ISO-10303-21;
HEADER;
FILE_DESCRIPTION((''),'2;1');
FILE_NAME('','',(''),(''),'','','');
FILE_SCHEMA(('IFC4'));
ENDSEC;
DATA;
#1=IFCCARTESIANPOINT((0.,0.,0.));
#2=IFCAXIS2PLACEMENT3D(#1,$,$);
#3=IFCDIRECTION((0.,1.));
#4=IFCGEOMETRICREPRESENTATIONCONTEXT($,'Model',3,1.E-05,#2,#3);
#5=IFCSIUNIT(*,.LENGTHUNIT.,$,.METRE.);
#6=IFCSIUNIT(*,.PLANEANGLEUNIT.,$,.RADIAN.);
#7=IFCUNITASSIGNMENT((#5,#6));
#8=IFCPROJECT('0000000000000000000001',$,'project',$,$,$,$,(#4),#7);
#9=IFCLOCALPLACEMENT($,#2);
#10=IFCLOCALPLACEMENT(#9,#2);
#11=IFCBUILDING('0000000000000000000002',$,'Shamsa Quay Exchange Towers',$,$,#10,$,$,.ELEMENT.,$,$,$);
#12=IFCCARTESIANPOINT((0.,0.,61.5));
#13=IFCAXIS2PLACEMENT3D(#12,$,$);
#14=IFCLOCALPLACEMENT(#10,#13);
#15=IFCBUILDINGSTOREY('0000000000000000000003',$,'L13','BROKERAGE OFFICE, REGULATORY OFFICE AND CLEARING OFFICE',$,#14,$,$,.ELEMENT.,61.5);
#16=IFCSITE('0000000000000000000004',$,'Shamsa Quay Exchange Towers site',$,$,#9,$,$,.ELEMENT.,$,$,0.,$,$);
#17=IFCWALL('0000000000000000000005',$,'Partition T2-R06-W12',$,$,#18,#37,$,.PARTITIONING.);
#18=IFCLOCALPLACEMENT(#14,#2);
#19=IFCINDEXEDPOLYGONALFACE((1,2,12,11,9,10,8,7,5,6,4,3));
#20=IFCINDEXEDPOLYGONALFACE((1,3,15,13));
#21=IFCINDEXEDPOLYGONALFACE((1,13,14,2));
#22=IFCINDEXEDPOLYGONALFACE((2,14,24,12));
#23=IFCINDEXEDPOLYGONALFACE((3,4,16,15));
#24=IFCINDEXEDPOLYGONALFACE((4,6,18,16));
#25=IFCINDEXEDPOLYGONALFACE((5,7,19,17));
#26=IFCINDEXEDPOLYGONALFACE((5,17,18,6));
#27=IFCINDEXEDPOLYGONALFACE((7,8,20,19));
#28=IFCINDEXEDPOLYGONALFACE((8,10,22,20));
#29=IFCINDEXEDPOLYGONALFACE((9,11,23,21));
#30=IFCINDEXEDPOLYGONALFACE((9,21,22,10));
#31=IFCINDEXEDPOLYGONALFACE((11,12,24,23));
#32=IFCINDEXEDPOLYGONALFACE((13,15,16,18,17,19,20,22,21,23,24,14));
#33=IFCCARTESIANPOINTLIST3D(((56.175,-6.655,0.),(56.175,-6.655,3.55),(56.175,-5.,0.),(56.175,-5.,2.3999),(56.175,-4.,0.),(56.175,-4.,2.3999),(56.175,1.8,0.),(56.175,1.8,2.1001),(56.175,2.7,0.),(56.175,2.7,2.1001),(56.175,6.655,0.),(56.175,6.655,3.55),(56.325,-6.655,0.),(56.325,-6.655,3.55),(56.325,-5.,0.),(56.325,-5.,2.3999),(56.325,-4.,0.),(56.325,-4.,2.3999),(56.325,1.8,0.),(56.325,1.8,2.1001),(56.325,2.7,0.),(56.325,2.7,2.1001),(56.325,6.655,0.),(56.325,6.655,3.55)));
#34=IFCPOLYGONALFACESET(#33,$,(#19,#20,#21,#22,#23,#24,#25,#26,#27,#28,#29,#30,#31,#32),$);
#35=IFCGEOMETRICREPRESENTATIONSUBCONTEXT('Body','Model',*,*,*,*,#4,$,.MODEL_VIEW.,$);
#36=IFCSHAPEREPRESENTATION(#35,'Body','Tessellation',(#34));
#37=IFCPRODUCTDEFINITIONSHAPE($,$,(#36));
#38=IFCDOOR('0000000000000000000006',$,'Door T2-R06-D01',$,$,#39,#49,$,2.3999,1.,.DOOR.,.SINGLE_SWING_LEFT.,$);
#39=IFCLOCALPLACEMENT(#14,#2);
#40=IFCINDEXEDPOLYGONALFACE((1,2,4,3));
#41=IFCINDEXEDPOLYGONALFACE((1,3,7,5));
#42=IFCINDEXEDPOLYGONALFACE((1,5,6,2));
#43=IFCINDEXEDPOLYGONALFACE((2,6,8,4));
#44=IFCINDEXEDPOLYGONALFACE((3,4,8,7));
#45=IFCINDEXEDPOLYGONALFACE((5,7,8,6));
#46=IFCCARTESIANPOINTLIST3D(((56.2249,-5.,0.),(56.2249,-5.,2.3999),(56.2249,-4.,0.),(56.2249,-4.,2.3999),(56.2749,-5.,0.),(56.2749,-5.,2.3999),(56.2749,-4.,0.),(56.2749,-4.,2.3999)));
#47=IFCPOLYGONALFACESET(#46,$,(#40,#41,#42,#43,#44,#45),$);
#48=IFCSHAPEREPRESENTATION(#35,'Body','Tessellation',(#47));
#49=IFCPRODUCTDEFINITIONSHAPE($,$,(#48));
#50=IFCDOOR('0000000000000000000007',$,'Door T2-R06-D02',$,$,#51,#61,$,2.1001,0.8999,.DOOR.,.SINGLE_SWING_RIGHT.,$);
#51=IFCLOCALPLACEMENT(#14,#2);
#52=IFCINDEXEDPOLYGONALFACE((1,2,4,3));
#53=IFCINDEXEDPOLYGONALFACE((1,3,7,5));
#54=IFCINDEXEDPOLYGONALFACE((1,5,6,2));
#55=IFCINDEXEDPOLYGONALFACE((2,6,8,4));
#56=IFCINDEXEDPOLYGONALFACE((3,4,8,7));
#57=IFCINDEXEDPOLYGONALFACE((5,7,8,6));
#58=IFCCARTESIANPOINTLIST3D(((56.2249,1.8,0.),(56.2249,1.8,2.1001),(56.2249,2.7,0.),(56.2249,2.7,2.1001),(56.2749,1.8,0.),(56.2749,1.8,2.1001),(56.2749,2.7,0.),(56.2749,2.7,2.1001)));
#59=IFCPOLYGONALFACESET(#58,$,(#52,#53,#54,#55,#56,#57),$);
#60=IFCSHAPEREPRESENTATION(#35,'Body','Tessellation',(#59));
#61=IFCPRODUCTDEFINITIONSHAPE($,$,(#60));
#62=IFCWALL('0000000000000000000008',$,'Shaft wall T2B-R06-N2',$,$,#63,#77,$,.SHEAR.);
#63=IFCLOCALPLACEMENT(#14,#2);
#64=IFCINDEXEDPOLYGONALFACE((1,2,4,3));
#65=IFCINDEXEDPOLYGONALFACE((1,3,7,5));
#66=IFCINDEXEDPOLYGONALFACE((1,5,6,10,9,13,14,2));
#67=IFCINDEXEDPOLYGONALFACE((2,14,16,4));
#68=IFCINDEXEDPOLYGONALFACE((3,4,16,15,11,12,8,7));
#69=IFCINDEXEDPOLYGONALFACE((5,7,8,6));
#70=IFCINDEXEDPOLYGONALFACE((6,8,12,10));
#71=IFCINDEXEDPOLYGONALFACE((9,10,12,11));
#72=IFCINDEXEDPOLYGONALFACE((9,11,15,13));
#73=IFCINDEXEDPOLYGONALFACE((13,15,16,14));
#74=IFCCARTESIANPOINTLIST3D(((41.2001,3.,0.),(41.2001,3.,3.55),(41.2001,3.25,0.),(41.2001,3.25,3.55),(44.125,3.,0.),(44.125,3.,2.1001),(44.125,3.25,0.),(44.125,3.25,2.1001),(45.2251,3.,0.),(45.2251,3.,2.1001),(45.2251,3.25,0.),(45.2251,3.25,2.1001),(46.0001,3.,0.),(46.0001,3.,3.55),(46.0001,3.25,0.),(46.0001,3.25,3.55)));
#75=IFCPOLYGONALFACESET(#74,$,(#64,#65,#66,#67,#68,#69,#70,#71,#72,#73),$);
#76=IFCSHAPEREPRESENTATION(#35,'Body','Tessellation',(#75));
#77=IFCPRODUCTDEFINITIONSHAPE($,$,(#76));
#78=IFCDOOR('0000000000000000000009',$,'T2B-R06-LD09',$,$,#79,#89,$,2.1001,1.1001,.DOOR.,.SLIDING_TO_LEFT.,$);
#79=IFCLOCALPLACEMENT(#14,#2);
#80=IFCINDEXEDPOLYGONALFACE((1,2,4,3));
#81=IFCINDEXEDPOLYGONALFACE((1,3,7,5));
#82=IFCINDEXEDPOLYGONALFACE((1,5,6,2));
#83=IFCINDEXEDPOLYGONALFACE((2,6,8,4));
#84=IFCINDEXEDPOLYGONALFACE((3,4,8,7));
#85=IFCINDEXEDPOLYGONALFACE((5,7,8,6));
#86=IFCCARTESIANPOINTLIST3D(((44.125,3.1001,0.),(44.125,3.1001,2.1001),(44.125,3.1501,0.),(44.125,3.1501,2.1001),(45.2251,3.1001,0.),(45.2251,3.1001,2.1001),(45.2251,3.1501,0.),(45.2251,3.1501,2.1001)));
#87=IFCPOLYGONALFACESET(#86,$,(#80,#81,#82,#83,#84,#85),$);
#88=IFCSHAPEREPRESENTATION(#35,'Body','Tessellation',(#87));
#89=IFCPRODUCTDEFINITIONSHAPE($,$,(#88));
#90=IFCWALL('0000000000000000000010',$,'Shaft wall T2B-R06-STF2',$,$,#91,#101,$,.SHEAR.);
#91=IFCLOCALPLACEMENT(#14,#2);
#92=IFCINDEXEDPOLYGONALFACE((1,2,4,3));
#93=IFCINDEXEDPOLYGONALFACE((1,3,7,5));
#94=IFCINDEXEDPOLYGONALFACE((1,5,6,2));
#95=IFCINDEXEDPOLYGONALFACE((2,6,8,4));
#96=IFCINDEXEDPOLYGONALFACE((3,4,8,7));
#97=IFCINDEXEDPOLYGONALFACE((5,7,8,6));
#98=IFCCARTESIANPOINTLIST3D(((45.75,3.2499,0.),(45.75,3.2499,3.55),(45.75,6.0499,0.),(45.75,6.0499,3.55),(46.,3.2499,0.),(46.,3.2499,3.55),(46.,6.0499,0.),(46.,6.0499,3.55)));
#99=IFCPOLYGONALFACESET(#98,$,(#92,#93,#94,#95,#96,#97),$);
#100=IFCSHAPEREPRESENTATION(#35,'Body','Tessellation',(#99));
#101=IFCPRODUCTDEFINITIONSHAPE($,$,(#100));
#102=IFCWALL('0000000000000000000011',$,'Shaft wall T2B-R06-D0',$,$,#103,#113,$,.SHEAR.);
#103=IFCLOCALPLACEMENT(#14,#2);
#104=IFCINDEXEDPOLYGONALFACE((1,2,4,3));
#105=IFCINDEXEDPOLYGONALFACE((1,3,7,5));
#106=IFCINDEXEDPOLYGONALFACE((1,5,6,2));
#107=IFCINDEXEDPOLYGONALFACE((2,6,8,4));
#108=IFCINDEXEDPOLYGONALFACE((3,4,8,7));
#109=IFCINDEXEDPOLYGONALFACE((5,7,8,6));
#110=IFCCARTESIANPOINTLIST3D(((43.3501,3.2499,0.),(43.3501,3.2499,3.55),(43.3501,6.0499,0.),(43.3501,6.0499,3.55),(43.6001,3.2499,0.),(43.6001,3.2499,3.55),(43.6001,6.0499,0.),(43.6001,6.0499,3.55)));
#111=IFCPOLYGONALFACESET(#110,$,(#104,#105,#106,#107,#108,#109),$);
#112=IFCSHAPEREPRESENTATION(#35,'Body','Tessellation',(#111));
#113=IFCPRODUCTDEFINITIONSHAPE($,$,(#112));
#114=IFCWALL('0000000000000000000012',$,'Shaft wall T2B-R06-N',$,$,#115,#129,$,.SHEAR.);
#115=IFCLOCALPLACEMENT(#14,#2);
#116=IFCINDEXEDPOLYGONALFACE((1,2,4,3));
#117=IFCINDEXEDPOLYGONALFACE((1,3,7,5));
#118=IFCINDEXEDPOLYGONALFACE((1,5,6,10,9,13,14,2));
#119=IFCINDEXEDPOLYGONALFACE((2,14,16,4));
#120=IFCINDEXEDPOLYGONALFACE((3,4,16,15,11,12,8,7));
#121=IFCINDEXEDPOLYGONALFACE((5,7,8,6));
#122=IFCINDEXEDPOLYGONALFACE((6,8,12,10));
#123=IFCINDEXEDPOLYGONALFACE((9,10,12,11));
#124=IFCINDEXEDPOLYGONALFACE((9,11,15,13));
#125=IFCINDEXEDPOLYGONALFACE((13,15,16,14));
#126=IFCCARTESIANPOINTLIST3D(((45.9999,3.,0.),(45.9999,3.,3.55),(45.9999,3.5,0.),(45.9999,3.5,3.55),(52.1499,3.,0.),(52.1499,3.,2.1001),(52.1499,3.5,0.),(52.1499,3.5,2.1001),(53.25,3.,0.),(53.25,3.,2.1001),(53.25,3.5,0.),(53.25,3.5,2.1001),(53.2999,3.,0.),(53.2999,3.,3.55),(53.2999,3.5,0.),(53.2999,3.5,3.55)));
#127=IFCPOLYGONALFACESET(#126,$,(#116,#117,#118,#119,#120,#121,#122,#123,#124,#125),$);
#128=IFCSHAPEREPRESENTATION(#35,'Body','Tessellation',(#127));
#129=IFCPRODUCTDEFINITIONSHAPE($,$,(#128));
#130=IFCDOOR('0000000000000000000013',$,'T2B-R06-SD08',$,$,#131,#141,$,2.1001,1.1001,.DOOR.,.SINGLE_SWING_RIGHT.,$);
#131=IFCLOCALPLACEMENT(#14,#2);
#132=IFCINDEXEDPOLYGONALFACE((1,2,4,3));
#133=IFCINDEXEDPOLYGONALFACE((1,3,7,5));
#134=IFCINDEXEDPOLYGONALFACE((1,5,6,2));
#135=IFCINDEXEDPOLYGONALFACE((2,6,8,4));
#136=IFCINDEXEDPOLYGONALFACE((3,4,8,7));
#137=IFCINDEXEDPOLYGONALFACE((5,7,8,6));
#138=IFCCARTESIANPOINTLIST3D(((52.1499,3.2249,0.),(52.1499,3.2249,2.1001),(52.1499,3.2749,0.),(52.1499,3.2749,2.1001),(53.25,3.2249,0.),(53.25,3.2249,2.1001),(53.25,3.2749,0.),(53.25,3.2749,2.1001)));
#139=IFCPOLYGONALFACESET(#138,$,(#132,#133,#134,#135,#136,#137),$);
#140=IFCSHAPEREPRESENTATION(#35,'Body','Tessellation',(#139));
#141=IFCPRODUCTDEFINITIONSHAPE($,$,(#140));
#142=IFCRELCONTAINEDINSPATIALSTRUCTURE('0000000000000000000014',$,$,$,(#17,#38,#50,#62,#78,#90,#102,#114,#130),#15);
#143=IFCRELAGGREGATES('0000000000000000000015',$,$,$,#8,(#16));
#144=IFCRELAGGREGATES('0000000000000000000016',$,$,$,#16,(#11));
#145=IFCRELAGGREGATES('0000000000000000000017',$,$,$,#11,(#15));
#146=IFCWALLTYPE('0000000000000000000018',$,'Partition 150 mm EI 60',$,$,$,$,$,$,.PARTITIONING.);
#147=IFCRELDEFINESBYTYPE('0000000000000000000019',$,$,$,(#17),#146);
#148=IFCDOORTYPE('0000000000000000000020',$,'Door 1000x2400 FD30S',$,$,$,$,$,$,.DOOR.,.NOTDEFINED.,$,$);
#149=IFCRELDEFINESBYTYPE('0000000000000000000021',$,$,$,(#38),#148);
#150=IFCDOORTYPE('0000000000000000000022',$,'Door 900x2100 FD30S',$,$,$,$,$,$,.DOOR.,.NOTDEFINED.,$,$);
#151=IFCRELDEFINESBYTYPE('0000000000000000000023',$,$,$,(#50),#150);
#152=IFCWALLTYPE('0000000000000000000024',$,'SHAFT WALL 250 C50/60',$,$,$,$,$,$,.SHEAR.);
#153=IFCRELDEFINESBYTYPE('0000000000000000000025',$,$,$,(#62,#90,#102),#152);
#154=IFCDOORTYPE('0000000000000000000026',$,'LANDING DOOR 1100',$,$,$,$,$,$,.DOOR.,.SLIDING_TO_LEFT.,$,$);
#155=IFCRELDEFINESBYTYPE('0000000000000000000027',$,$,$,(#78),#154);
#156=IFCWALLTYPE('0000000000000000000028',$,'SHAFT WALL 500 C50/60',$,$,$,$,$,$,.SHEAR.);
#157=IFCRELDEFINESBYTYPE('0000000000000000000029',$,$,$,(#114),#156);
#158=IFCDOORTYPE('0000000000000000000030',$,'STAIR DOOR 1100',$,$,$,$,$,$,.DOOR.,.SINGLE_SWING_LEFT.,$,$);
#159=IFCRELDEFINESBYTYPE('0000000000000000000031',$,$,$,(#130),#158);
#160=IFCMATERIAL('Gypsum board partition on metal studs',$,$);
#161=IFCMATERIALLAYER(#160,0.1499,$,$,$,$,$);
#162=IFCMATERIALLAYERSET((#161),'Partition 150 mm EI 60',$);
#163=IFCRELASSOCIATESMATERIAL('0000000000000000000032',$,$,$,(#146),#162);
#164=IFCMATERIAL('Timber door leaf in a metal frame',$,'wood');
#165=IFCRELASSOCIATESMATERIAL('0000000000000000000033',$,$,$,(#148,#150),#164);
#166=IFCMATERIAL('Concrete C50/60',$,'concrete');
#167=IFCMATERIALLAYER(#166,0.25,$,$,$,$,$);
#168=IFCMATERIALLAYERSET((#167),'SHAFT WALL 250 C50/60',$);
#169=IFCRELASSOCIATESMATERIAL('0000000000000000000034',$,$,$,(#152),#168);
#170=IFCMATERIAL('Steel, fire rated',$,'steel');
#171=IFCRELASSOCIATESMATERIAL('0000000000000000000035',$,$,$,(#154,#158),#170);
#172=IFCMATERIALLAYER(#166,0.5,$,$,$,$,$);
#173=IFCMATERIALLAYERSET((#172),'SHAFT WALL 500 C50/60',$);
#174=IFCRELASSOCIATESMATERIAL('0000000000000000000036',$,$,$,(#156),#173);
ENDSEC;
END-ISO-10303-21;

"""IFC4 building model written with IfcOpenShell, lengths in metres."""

from ifc_helpers import new_model, si_unit, direction, frame, frame_2d, origin, place, context, subcontext, project, spatial, rectangle, extrude, material, layer, layer_set, type_object, element, fill, save


model = new_model("IFC4")

# Units and contexts
model_context = context("Model", 3, precision=1e-05, world=origin(), true_north=direction((0.0, 1.0)))
body_context = subcontext(model_context, "Body", "Model", "MODEL_VIEW")
ifc_project = project(units=[si_unit("LENGTHUNIT", "METRE"), si_unit("PLANEANGLEUNIT", "RADIAN")], contexts=[model_context])

# Site, building, storey
site_placement = place(None, origin())
site = spatial("IfcSite", under=ifc_project, at=site_placement, Name="Shamsa Quay Exchange Towers site", CompositionType="ELEMENT", RefElevation=0.0)
building_placement = place(site_placement, origin())
building = spatial("IfcBuilding", under=site, at=building_placement, Name="Shamsa Quay Exchange Towers", CompositionType="ELEMENT")
storey_placement = place(building_placement, frame((0.0, 0.0, 61.5)))
storey = spatial("IfcBuildingStorey", under=building, at=storey_placement, Name="L13", Description="BROKERAGE OFFICE, REGULATORY OFFICE AND CLEARING OFFICE", CompositionType="ELEMENT", Elevation=61.5)

# Wall, openings, doors
ifc_material_1 = material(Name="Gypsum board partition on metal studs")
ifc_layer_1 = layer(ifc_material_1, 0.1499)
ifc_layer_set_1 = layer_set([ifc_layer_1], Name="Partition 150 mm EI 60")
wall_type_1 = type_object("IfcWallType", Name="Partition 150 mm EI 60", PredefinedType="PARTITIONING", material=ifc_layer_set_1)
wall_1_placement = place(storey_placement, frame((56.25, 6.655, 0.0), z_axis=(0.0, 0.0, 1.0), x_axis=(0.0, -1.0, 0.0)))
wall_1 = element("IfcWall", 1, at=wall_1_placement, inside=storey, type_object=wall_type_1, Name="Partition T2-R06-W12", PredefinedType="PARTITIONING", context=body_context, shape_type="SweptSolid", body=[
    extrude(rectangle(XDim=13.3101, YDim=0.1499, at=frame_2d((6.655, 0.0))), origin(), (0.0, 0.0, 1.0), 3.55),
])
opening_1_placement = place(wall_1_placement, frame((10.655, 0.0, 0.0)))
opening_1 = element("IfcOpeningElement", 2, at=opening_1_placement, cuts=wall_1, PredefinedType="OPENING", context=body_context, shape_type="SweptSolid", body=[
    extrude(rectangle(XDim=1.0, YDim=2.3999, at=frame_2d((0.5, 1.2))), frame((0.0, 0.085, 0.0), z_axis=(0.0, -1.0, 0.0), x_axis=(1.0, 0.0, 0.0)), (0.0, 0.0, 1.0), 0.1699),
])
opening_2_placement = place(wall_1_placement, frame((3.9551, 0.0, 0.0)))
opening_2 = element("IfcOpeningElement", 3, at=opening_2_placement, cuts=wall_1, PredefinedType="OPENING", context=body_context, shape_type="SweptSolid", body=[
    extrude(rectangle(XDim=0.8999, YDim=2.1001, at=frame_2d((0.45, 1.05))), frame((0.0, 0.085, 0.0), z_axis=(0.0, -1.0, 0.0), x_axis=(1.0, 0.0, 0.0)), (0.0, 0.0, 1.0), 0.1699),
])
ifc_material_2 = material(Name="Timber door leaf in a metal frame", Category="wood")
door_type_1 = type_object("IfcDoorType", Name="Door 1000x2400 FD30S", OperationType="NOTDEFINED", PredefinedType="DOOR", material=ifc_material_2)
door_1_placement = place(opening_1_placement, origin())
door_1 = element("IfcDoor", 4, at=door_1_placement, inside=storey, type_object=door_type_1, Name="Door T2-R06-D01", OperationType="SINGLE_SWING_LEFT", OverallHeight=2.3999, OverallWidth=1.0, PredefinedType="DOOR", context=body_context, shape_type="SweptSolid", body=[
    extrude(rectangle(XDim=1.0, YDim=2.3999, at=frame_2d((0.5, 1.2))), frame((0.0, 0.0249, 0.0), z_axis=(0.0, -1.0, 0.0), x_axis=(1.0, 0.0, 0.0)), (0.0, 0.0, 1.0), 0.05),
])
fill(opening_1, door_1)
door_type_2 = type_object("IfcDoorType", Name="Door 900x2100 FD30S", OperationType="NOTDEFINED", PredefinedType="DOOR", material=ifc_material_2)
door_2_placement = place(opening_2_placement, origin())
door_2 = element("IfcDoor", 5, at=door_2_placement, inside=storey, type_object=door_type_2, Name="Door T2-R06-D02", OperationType="SINGLE_SWING_RIGHT", OverallHeight=2.1001, OverallWidth=0.8999, PredefinedType="DOOR", context=body_context, shape_type="SweptSolid", body=[
    extrude(rectangle(XDim=0.8999, YDim=2.1001, at=frame_2d((0.45, 1.05))), frame((0.0, 0.0249, 0.0), z_axis=(0.0, -1.0, 0.0), x_axis=(1.0, 0.0, 0.0)), (0.0, 0.0, 1.0), 0.05),
])
fill(opening_2, door_2)

# Wall, opening, door
ifc_material_3 = material(Name="Concrete C50/60", Category="concrete")
ifc_layer_2 = layer(ifc_material_3, 0.25)
ifc_layer_set_2 = layer_set([ifc_layer_2], Name="SHAFT WALL 250 C50/60")
wall_type_2 = type_object("IfcWallType", Name="SHAFT WALL 250 C50/60", PredefinedType="SHEAR", material=ifc_layer_set_2)
wall_2_placement = place(storey_placement, frame((46.0, 3.125, 0.0), z_axis=(0.0, 0.0, 1.0), x_axis=(-1.0, 0.0, 0.0)))
wall_2 = element("IfcWall", 6, at=wall_2_placement, inside=storey, type_object=wall_type_2, Name="Shaft wall T2B-R06-N2", PredefinedType="SHEAR", context=body_context, shape_type="SweptSolid", body=[
    extrude(rectangle(XDim=4.8, YDim=0.25, at=frame_2d((2.3999, 0.0))), origin(), (0.0, 0.0, 1.0), 3.55),
])
opening_3_placement = place(wall_2_placement, frame((0.7749, 0.0, 0.0)))
opening_3 = element("IfcOpeningElement", 7, at=opening_3_placement, cuts=wall_2, PredefinedType="OPENING", context=body_context, shape_type="SweptSolid", body=[
    extrude(rectangle(XDim=1.1001, YDim=2.1001, at=frame_2d((0.55, 1.05))), frame((0.0, 0.135, 0.0), z_axis=(0.0, -1.0, 0.0), x_axis=(1.0, 0.0, 0.0)), (0.0, 0.0, 1.0), 0.27),
])
ifc_material_4 = material(Name="Steel, fire rated", Category="steel")
door_type_3 = type_object("IfcDoorType", Name="LANDING DOOR 1100", OperationType="SLIDING_TO_LEFT", PredefinedType="DOOR", material=ifc_material_4)
door_3_placement = place(opening_3_placement, origin())
door_3 = element("IfcDoor", 8, at=door_3_placement, inside=storey, type_object=door_type_3, Name="T2B-R06-LD09", OperationType="SLIDING_TO_LEFT", OverallHeight=2.1001, OverallWidth=1.1001, PredefinedType="DOOR", context=body_context, shape_type="SweptSolid", body=[
    extrude(rectangle(XDim=1.1001, YDim=2.1001, at=frame_2d((0.55, 1.05))), frame((0.0, 0.0249, 0.0), z_axis=(0.0, -1.0, 0.0), x_axis=(1.0, 0.0, 0.0)), (0.0, 0.0, 1.0), 0.05),
])
fill(opening_3, door_3)

# Walls
for number, where, z_axis, x_axis, name in (
    (9, (45.875, 3.25, 0.0), (0.0, 0.0, 1.0), (0.0, 1.0, 0.0), "Shaft wall T2B-R06-STF2"),
    (10, (43.4751, 3.25, 0.0), (0.0, 0.0, 1.0), (0.0, 1.0, 0.0), "Shaft wall T2B-R06-D0"),
):
    element("IfcWall", number, at=place(storey_placement, frame(where, z_axis=z_axis, x_axis=x_axis)), inside=storey, type_object=wall_type_2, Name=name, PredefinedType="SHEAR", context=body_context, shape_type="SweptSolid", body=[
        extrude(rectangle(XDim=2.8, YDim=0.25, at=frame_2d((1.3999, 0.0))), origin(), (0.0, 0.0, 1.0), 3.55),
    ])

# Wall, opening, door
ifc_layer_3 = layer(ifc_material_3, 0.5)
ifc_layer_set_3 = layer_set([ifc_layer_3], Name="SHAFT WALL 500 C50/60")
wall_type_3 = type_object("IfcWallType", Name="SHAFT WALL 500 C50/60", PredefinedType="SHEAR", material=ifc_layer_set_3)
wall_3_placement = place(storey_placement, frame((46.0, 3.25, 0.0)))
wall_3 = element("IfcWall", 11, at=wall_3_placement, inside=storey, type_object=wall_type_3, Name="Shaft wall T2B-R06-N", PredefinedType="SHEAR", context=body_context, shape_type="SweptSolid", body=[
    extrude(rectangle(XDim=7.3, YDim=0.5, at=frame_2d((3.6499, 0.0))), origin(), (0.0, 0.0, 1.0), 3.55),
])
opening_4_placement = place(wall_3_placement, frame((6.1499, 0.0, 0.0)))
opening_4 = element("IfcOpeningElement", 12, at=opening_4_placement, cuts=wall_3, PredefinedType="OPENING", context=body_context, shape_type="SweptSolid", body=[
    extrude(rectangle(XDim=1.1001, YDim=2.1001, at=frame_2d((0.55, 1.05))), frame((0.0, 0.26, 0.0), z_axis=(0.0, -1.0, 0.0), x_axis=(1.0, 0.0, 0.0)), (0.0, 0.0, 1.0), 0.52),
])
door_type_4 = type_object("IfcDoorType", Name="STAIR DOOR 1100", OperationType="SINGLE_SWING_LEFT", PredefinedType="DOOR", material=ifc_material_4)
door_4_placement = place(opening_4_placement, origin())
door_4 = element("IfcDoor", 13, at=door_4_placement, inside=storey, type_object=door_type_4, Name="T2B-R06-SD08", OperationType="SINGLE_SWING_RIGHT", OverallHeight=2.1001, OverallWidth=1.1001, PredefinedType="DOOR", context=body_context, shape_type="SweptSolid", body=[
    extrude(rectangle(XDim=1.1001, YDim=2.1001, at=frame_2d((0.55, 1.05))), frame((0.0, 0.0249, 0.0), z_axis=(0.0, -1.0, 0.0), x_axis=(1.0, 0.0, 0.0)), (0.0, 0.0, 1.0), 0.05),
])
fill(opening_4, door_4)

save(model, "model.ifc")
